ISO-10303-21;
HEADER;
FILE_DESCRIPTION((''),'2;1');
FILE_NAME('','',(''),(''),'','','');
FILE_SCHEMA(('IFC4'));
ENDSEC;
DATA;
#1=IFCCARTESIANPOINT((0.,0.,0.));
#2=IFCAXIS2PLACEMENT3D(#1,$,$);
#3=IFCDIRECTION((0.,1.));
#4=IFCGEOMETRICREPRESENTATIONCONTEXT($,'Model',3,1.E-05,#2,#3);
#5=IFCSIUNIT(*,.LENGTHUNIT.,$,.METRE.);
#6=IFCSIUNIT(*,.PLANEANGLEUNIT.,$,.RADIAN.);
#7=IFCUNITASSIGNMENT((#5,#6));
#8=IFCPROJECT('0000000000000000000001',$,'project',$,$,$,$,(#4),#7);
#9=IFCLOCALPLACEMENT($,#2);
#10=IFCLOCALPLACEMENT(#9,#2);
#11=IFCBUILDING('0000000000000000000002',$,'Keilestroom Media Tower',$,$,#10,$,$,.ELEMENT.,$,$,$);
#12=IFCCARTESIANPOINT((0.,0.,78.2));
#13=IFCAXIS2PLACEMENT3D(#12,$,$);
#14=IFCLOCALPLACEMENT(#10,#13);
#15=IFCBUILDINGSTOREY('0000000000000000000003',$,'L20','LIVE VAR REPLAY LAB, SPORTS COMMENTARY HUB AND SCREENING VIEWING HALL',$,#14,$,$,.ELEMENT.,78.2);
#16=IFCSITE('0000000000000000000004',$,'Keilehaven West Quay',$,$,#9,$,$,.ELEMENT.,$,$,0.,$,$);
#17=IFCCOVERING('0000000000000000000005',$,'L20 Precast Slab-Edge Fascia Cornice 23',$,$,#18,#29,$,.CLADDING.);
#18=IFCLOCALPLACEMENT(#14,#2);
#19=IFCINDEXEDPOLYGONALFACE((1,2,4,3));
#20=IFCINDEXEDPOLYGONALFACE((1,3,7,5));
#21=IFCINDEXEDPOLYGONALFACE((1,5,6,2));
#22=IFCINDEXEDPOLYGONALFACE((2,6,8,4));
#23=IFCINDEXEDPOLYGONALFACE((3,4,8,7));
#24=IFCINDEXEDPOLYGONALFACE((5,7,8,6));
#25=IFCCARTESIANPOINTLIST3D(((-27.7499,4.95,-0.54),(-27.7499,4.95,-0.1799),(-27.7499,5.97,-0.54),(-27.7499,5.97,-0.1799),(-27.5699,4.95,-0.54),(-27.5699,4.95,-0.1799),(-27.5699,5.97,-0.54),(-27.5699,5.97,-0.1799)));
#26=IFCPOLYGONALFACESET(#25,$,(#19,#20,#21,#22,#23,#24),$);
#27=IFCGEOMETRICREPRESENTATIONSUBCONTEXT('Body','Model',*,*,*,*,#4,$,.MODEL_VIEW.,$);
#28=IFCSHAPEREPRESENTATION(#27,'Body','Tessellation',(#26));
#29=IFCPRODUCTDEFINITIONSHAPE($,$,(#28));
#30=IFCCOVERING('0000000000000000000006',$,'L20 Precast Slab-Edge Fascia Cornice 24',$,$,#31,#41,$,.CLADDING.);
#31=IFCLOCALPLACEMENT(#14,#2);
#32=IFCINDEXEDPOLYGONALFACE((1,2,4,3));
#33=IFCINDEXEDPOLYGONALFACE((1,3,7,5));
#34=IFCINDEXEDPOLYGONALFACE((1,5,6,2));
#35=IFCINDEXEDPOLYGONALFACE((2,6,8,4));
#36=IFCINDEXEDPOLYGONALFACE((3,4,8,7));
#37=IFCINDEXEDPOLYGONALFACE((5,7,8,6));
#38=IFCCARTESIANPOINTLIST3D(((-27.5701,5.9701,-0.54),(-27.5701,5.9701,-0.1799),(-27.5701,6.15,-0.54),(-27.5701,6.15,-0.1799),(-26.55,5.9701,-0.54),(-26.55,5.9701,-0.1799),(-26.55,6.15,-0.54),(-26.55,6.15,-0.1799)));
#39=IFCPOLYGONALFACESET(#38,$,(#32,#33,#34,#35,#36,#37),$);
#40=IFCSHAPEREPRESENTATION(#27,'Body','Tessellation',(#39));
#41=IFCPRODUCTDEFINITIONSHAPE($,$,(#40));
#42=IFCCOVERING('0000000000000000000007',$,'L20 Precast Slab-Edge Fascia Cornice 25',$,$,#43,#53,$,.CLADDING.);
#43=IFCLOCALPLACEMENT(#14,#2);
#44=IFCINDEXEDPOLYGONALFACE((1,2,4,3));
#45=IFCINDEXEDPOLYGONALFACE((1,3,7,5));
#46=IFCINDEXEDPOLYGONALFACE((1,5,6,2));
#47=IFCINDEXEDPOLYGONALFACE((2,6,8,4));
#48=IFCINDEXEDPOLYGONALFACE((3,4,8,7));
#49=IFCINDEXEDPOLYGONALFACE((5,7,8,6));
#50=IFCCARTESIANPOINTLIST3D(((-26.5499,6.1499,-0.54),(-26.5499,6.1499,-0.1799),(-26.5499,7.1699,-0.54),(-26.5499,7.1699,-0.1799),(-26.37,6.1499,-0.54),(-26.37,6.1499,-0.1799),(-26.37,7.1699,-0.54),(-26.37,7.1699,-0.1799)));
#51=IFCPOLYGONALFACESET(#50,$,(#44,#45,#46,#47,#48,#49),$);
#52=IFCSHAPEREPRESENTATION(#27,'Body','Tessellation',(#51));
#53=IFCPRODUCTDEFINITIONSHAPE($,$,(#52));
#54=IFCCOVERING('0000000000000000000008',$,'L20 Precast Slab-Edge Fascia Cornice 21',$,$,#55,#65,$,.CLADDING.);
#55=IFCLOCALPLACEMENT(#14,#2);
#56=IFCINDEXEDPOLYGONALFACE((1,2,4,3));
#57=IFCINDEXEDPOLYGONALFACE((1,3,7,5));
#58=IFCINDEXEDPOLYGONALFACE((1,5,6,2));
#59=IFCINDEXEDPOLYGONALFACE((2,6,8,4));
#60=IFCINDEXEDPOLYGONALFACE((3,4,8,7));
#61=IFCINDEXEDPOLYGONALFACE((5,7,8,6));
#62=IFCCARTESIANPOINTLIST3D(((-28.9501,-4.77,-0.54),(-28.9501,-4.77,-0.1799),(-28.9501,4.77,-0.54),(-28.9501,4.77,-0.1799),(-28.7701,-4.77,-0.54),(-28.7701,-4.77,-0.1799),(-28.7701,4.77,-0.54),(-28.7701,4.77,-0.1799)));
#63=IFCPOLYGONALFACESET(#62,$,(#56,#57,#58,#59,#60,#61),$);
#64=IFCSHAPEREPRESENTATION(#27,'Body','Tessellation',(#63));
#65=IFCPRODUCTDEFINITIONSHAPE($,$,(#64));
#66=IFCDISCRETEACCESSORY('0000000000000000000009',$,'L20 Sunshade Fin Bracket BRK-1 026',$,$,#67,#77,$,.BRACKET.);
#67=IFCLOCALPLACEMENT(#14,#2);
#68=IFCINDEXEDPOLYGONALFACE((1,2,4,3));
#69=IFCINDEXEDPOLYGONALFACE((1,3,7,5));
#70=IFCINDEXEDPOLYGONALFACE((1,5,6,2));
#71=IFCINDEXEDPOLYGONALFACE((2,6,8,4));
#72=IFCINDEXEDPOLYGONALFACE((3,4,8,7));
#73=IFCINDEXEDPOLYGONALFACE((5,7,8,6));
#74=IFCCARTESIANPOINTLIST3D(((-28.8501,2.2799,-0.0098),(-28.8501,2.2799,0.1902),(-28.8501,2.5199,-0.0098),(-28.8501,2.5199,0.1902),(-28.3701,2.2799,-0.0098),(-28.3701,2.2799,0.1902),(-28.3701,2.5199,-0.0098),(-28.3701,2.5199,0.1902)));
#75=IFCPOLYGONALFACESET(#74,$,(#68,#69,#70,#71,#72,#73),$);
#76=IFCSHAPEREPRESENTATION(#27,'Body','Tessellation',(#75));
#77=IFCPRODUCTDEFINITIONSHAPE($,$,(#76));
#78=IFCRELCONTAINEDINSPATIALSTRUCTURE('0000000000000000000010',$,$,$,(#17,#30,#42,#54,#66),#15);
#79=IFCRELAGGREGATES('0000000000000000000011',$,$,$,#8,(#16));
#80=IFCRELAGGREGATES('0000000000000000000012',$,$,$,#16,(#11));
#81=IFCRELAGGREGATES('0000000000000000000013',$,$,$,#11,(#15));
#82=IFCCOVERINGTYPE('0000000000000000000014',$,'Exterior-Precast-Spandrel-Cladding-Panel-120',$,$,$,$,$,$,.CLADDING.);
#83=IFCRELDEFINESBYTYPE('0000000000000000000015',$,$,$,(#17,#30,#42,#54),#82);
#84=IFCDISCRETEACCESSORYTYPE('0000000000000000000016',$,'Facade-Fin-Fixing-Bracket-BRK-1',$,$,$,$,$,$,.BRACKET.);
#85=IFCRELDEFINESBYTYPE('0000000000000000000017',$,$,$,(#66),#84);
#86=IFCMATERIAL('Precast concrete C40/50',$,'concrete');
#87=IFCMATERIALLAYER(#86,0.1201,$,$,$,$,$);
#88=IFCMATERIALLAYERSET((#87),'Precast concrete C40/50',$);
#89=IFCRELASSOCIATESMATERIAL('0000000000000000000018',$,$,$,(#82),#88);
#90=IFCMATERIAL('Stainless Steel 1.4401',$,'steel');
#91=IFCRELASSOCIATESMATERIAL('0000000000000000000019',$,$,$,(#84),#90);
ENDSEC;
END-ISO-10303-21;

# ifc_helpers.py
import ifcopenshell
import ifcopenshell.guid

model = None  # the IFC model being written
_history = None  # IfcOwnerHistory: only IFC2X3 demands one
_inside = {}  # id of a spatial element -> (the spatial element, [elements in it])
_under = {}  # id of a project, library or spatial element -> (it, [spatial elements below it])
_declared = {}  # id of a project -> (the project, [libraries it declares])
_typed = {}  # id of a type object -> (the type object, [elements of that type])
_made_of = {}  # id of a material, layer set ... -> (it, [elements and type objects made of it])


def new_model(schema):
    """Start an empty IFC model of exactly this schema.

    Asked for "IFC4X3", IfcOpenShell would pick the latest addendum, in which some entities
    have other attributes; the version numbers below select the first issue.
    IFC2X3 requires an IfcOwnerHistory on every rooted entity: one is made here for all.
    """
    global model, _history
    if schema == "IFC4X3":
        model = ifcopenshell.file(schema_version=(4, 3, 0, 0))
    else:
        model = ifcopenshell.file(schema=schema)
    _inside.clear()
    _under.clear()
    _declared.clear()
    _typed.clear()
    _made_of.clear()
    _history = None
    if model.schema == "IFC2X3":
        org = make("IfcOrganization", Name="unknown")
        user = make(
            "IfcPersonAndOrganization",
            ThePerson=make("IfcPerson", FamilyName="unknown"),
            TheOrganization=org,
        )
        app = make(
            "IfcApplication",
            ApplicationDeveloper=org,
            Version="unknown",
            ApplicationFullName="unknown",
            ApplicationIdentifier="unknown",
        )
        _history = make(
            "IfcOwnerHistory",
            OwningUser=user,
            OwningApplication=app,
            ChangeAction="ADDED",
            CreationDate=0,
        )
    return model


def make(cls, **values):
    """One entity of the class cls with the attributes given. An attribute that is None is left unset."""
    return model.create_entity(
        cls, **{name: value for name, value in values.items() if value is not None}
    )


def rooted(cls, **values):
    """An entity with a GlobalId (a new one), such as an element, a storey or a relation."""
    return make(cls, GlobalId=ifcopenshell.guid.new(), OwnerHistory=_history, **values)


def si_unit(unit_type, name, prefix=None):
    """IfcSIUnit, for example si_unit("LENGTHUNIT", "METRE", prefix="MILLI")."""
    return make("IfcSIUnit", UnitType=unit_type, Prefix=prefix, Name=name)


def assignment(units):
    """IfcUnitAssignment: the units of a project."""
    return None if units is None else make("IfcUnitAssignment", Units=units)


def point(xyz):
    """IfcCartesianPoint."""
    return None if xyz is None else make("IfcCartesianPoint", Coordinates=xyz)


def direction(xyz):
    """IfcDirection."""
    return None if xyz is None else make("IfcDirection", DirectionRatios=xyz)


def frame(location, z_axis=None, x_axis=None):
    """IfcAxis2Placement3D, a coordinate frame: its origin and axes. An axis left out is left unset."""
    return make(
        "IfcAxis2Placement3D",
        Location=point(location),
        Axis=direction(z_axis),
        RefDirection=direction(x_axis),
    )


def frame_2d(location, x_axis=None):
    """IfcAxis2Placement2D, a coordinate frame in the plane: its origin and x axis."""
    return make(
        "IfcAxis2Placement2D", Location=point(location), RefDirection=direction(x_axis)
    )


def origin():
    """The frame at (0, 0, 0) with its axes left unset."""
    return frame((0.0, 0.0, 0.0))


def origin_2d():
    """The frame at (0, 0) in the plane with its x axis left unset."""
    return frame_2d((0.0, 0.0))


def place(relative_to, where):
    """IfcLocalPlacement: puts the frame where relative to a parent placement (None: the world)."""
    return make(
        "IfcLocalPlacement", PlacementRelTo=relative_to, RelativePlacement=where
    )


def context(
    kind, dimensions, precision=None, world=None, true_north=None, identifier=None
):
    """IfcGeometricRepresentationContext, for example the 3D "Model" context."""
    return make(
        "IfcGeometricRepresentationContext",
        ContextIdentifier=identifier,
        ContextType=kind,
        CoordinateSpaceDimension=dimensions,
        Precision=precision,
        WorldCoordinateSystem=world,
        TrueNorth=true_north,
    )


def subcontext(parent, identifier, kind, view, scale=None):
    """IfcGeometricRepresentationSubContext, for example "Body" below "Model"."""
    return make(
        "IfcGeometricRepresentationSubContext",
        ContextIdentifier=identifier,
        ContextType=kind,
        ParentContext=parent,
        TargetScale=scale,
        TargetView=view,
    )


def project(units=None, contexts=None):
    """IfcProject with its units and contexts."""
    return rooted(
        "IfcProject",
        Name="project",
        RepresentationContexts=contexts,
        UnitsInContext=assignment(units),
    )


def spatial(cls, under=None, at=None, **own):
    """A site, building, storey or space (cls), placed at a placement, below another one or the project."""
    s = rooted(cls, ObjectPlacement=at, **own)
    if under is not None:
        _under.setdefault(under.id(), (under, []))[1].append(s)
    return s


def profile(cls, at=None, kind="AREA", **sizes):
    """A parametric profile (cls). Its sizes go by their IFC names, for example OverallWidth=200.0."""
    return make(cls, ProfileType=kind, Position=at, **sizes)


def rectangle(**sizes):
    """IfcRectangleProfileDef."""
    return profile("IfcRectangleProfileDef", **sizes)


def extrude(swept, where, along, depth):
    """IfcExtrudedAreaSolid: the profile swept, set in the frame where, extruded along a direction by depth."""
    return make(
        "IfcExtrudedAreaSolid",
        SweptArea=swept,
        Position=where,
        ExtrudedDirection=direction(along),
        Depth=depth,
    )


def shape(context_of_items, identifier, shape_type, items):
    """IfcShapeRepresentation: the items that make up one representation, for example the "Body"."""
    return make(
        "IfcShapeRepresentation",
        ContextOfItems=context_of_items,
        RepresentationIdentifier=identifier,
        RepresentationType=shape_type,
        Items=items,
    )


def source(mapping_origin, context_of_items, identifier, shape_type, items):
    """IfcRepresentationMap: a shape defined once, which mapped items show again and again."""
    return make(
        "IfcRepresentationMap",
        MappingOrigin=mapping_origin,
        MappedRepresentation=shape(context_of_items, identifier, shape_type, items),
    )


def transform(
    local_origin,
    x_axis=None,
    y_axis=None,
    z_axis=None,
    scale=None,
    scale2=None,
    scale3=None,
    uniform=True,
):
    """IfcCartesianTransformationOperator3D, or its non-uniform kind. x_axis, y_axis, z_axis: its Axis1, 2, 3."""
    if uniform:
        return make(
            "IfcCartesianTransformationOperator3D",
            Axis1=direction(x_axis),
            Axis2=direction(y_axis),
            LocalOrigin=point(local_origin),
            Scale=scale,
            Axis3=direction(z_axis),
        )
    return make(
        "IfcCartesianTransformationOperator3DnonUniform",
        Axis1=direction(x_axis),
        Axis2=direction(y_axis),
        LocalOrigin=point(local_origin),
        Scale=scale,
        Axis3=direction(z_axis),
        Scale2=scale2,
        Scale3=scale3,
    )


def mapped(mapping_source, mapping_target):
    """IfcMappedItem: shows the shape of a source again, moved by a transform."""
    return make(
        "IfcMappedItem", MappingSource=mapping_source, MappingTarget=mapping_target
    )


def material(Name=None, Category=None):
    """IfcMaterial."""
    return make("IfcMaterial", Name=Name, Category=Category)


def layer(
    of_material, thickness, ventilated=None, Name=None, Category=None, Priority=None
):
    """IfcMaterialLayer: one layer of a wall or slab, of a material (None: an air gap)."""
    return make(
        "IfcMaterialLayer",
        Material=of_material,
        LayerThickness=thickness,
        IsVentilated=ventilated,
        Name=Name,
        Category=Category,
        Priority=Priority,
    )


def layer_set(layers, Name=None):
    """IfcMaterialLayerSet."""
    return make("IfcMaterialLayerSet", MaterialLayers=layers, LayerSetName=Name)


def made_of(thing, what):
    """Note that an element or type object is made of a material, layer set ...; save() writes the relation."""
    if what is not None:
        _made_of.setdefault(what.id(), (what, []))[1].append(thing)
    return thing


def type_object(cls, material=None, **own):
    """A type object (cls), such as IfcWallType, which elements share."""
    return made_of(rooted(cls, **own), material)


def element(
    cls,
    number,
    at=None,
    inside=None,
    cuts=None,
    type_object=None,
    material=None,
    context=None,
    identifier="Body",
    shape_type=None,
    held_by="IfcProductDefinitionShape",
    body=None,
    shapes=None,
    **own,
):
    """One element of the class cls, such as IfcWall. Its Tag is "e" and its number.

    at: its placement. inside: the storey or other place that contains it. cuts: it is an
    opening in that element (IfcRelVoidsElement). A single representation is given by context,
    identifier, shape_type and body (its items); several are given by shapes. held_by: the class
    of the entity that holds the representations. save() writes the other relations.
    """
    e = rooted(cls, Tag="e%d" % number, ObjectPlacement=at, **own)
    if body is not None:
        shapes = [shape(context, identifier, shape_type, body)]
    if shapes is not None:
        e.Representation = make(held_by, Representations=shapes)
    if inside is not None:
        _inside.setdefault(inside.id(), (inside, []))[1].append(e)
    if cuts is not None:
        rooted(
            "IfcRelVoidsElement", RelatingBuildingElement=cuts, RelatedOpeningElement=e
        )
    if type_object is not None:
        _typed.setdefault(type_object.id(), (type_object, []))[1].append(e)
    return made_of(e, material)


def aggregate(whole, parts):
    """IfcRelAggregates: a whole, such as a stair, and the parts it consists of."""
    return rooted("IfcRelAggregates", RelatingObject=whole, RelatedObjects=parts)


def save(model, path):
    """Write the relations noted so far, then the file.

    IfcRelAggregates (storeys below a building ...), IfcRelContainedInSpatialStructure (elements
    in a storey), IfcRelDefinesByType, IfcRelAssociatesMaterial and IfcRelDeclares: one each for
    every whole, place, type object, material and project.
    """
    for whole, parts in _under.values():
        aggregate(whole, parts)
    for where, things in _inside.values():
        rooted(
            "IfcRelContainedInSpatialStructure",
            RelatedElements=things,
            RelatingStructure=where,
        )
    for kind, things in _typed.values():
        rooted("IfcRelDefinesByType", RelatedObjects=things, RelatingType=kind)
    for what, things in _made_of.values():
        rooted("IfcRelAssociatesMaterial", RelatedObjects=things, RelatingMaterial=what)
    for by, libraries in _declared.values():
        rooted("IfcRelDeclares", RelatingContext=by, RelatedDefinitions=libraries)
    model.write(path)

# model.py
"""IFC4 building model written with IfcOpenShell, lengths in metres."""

from ifc_helpers import new_model, si_unit, direction, frame, origin, origin_2d, place, context, subcontext, project, spatial, rectangle, extrude, source, transform, mapped, material, layer, layer_set, type_object, element, save


model = new_model("IFC4")

# Units and contexts
model_context = context("Model", 3, precision=1e-05, world=origin(), true_north=direction((0.0, 1.0)))
body_context = subcontext(model_context, "Body", "Model", "MODEL_VIEW")
ifc_project = project(units=[si_unit("LENGTHUNIT", "METRE"), si_unit("PLANEANGLEUNIT", "RADIAN")], contexts=[model_context])

# Site, building, storey
site_placement = place(None, origin())
site = spatial("IfcSite", under=ifc_project, at=site_placement, Name="Keilehaven West Quay", CompositionType="ELEMENT", RefElevation=0.0)
building_placement = place(site_placement, origin())
building = spatial("IfcBuilding", under=site, at=building_placement, Name="Keilestroom Media Tower", CompositionType="ELEMENT")
storey_placement = place(building_placement, frame((0.0, 0.0, 78.2)))
storey = spatial("IfcBuildingStorey", under=building, at=storey_placement, Name="L20", Description="LIVE VAR REPLAY LAB, SPORTS COMMENTARY HUB AND SCREENING VIEWING HALL", CompositionType="ELEMENT", Elevation=78.2)

# Shared definitions
ifc_material_1 = material(Name="Precast concrete C40/50", Category="concrete")

# Coverings
ifc_layer_1 = layer(ifc_material_1, 0.1201)
ifc_layer_set_1 = layer_set([ifc_layer_1], Name="Precast concrete C40/50")
covering_type = type_object("IfcCoveringType", Name="Exterior-Precast-Spandrel-Cladding-Panel-120", PredefinedType="CLADDING", material=ifc_layer_set_1)
shared_shape_1 = source(origin(), body_context, "Body", "SweptSolid", [
    extrude(rectangle(XDim=1.02, YDim=0.1799, at=origin_2d()), origin(), (0.0, 0.0, 1.0), 0.3601),
])
for number, where, z_axis, x_axis, name in (
    (1, (-27.6599, 5.46, -0.54), (0.0, 0.0, 1.0), (0.0, 1.0, 0.0), "L20 Precast Slab-Edge Fascia Cornice 23"),
    (2, (-27.0601, 6.0601, -0.54), (0.0, 0.0, 1.0), (1.0, 0.0, 0.0), "L20 Precast Slab-Edge Fascia Cornice 24"),
    (3, (-26.46, 6.6599, -0.54), (0.0, 0.0, 1.0), (0.0, 1.0, 0.0), "L20 Precast Slab-Edge Fascia Cornice 25"),
):
    element("IfcCovering", number, at=place(storey_placement, frame(where, z_axis=z_axis, x_axis=x_axis)), inside=storey, type_object=covering_type, Name=name, PredefinedType="CLADDING", context=body_context, shape_type="MappedRepresentation", body=[
        mapped(shared_shape_1, transform((0.0, 0.0, 0.0), x_axis=(1.0, 0.0, 0.0), y_axis=(0.0, 1.0, 0.0), z_axis=(0.0, 0.0, 1.0), scale=1.0)),
    ])
shared_shape_2 = source(origin(), body_context, "Body", "SweptSolid", [
    extrude(rectangle(XDim=9.54, YDim=0.1799, at=origin_2d()), origin(), (0.0, 0.0, 1.0), 0.3601),
])
covering_placement = place(storey_placement, frame((-28.8601, 0.0, -0.54), z_axis=(0.0, 0.0, 1.0), x_axis=(0.0, 1.0, 0.0)))
element("IfcCovering", 4, at=covering_placement, inside=storey, type_object=covering_type, Name="L20 Precast Slab-Edge Fascia Cornice 21", PredefinedType="CLADDING", context=body_context, shape_type="MappedRepresentation", body=[
    mapped(shared_shape_2, transform((0.0, 0.0, 0.0), x_axis=(1.0, 0.0, 0.0), y_axis=(0.0, 1.0, 0.0), z_axis=(0.0, 0.0, 1.0), scale=1.0)),
])

# Discrete accessory
ifc_material_2 = material(Name="Stainless Steel 1.4401", Category="steel")
discrete_accessory_type = type_object("IfcDiscreteAccessoryType", Name="Facade-Fin-Fixing-Bracket-BRK-1", PredefinedType="BRACKET", material=ifc_material_2)
shared_shape_3 = source(origin(), body_context, "Body", "SweptSolid", [
    extrude(rectangle(XDim=0.48, YDim=0.24, at=origin_2d()), origin(), (0.0, 0.0, 1.0), 0.2),
])
discrete_accessory_placement = place(storey_placement, frame((-28.6101, 2.3999, -0.0098), z_axis=(0.0, 0.0, 1.0), x_axis=(1.0, 0.0, 0.0)))
element("IfcDiscreteAccessory", 5, at=discrete_accessory_placement, inside=storey, type_object=discrete_accessory_type, Name="L20 Sunshade Fin Bracket BRK-1 026", PredefinedType="BRACKET", context=body_context, shape_type="MappedRepresentation", body=[
    mapped(shared_shape_3, transform((0.0, 0.0, 0.0), x_axis=(1.0, 0.0, 0.0), y_axis=(0.0, 1.0, 0.0), z_axis=(0.0, 0.0, 1.0), scale=1.0)),
])

save(model, "model.ifc")
